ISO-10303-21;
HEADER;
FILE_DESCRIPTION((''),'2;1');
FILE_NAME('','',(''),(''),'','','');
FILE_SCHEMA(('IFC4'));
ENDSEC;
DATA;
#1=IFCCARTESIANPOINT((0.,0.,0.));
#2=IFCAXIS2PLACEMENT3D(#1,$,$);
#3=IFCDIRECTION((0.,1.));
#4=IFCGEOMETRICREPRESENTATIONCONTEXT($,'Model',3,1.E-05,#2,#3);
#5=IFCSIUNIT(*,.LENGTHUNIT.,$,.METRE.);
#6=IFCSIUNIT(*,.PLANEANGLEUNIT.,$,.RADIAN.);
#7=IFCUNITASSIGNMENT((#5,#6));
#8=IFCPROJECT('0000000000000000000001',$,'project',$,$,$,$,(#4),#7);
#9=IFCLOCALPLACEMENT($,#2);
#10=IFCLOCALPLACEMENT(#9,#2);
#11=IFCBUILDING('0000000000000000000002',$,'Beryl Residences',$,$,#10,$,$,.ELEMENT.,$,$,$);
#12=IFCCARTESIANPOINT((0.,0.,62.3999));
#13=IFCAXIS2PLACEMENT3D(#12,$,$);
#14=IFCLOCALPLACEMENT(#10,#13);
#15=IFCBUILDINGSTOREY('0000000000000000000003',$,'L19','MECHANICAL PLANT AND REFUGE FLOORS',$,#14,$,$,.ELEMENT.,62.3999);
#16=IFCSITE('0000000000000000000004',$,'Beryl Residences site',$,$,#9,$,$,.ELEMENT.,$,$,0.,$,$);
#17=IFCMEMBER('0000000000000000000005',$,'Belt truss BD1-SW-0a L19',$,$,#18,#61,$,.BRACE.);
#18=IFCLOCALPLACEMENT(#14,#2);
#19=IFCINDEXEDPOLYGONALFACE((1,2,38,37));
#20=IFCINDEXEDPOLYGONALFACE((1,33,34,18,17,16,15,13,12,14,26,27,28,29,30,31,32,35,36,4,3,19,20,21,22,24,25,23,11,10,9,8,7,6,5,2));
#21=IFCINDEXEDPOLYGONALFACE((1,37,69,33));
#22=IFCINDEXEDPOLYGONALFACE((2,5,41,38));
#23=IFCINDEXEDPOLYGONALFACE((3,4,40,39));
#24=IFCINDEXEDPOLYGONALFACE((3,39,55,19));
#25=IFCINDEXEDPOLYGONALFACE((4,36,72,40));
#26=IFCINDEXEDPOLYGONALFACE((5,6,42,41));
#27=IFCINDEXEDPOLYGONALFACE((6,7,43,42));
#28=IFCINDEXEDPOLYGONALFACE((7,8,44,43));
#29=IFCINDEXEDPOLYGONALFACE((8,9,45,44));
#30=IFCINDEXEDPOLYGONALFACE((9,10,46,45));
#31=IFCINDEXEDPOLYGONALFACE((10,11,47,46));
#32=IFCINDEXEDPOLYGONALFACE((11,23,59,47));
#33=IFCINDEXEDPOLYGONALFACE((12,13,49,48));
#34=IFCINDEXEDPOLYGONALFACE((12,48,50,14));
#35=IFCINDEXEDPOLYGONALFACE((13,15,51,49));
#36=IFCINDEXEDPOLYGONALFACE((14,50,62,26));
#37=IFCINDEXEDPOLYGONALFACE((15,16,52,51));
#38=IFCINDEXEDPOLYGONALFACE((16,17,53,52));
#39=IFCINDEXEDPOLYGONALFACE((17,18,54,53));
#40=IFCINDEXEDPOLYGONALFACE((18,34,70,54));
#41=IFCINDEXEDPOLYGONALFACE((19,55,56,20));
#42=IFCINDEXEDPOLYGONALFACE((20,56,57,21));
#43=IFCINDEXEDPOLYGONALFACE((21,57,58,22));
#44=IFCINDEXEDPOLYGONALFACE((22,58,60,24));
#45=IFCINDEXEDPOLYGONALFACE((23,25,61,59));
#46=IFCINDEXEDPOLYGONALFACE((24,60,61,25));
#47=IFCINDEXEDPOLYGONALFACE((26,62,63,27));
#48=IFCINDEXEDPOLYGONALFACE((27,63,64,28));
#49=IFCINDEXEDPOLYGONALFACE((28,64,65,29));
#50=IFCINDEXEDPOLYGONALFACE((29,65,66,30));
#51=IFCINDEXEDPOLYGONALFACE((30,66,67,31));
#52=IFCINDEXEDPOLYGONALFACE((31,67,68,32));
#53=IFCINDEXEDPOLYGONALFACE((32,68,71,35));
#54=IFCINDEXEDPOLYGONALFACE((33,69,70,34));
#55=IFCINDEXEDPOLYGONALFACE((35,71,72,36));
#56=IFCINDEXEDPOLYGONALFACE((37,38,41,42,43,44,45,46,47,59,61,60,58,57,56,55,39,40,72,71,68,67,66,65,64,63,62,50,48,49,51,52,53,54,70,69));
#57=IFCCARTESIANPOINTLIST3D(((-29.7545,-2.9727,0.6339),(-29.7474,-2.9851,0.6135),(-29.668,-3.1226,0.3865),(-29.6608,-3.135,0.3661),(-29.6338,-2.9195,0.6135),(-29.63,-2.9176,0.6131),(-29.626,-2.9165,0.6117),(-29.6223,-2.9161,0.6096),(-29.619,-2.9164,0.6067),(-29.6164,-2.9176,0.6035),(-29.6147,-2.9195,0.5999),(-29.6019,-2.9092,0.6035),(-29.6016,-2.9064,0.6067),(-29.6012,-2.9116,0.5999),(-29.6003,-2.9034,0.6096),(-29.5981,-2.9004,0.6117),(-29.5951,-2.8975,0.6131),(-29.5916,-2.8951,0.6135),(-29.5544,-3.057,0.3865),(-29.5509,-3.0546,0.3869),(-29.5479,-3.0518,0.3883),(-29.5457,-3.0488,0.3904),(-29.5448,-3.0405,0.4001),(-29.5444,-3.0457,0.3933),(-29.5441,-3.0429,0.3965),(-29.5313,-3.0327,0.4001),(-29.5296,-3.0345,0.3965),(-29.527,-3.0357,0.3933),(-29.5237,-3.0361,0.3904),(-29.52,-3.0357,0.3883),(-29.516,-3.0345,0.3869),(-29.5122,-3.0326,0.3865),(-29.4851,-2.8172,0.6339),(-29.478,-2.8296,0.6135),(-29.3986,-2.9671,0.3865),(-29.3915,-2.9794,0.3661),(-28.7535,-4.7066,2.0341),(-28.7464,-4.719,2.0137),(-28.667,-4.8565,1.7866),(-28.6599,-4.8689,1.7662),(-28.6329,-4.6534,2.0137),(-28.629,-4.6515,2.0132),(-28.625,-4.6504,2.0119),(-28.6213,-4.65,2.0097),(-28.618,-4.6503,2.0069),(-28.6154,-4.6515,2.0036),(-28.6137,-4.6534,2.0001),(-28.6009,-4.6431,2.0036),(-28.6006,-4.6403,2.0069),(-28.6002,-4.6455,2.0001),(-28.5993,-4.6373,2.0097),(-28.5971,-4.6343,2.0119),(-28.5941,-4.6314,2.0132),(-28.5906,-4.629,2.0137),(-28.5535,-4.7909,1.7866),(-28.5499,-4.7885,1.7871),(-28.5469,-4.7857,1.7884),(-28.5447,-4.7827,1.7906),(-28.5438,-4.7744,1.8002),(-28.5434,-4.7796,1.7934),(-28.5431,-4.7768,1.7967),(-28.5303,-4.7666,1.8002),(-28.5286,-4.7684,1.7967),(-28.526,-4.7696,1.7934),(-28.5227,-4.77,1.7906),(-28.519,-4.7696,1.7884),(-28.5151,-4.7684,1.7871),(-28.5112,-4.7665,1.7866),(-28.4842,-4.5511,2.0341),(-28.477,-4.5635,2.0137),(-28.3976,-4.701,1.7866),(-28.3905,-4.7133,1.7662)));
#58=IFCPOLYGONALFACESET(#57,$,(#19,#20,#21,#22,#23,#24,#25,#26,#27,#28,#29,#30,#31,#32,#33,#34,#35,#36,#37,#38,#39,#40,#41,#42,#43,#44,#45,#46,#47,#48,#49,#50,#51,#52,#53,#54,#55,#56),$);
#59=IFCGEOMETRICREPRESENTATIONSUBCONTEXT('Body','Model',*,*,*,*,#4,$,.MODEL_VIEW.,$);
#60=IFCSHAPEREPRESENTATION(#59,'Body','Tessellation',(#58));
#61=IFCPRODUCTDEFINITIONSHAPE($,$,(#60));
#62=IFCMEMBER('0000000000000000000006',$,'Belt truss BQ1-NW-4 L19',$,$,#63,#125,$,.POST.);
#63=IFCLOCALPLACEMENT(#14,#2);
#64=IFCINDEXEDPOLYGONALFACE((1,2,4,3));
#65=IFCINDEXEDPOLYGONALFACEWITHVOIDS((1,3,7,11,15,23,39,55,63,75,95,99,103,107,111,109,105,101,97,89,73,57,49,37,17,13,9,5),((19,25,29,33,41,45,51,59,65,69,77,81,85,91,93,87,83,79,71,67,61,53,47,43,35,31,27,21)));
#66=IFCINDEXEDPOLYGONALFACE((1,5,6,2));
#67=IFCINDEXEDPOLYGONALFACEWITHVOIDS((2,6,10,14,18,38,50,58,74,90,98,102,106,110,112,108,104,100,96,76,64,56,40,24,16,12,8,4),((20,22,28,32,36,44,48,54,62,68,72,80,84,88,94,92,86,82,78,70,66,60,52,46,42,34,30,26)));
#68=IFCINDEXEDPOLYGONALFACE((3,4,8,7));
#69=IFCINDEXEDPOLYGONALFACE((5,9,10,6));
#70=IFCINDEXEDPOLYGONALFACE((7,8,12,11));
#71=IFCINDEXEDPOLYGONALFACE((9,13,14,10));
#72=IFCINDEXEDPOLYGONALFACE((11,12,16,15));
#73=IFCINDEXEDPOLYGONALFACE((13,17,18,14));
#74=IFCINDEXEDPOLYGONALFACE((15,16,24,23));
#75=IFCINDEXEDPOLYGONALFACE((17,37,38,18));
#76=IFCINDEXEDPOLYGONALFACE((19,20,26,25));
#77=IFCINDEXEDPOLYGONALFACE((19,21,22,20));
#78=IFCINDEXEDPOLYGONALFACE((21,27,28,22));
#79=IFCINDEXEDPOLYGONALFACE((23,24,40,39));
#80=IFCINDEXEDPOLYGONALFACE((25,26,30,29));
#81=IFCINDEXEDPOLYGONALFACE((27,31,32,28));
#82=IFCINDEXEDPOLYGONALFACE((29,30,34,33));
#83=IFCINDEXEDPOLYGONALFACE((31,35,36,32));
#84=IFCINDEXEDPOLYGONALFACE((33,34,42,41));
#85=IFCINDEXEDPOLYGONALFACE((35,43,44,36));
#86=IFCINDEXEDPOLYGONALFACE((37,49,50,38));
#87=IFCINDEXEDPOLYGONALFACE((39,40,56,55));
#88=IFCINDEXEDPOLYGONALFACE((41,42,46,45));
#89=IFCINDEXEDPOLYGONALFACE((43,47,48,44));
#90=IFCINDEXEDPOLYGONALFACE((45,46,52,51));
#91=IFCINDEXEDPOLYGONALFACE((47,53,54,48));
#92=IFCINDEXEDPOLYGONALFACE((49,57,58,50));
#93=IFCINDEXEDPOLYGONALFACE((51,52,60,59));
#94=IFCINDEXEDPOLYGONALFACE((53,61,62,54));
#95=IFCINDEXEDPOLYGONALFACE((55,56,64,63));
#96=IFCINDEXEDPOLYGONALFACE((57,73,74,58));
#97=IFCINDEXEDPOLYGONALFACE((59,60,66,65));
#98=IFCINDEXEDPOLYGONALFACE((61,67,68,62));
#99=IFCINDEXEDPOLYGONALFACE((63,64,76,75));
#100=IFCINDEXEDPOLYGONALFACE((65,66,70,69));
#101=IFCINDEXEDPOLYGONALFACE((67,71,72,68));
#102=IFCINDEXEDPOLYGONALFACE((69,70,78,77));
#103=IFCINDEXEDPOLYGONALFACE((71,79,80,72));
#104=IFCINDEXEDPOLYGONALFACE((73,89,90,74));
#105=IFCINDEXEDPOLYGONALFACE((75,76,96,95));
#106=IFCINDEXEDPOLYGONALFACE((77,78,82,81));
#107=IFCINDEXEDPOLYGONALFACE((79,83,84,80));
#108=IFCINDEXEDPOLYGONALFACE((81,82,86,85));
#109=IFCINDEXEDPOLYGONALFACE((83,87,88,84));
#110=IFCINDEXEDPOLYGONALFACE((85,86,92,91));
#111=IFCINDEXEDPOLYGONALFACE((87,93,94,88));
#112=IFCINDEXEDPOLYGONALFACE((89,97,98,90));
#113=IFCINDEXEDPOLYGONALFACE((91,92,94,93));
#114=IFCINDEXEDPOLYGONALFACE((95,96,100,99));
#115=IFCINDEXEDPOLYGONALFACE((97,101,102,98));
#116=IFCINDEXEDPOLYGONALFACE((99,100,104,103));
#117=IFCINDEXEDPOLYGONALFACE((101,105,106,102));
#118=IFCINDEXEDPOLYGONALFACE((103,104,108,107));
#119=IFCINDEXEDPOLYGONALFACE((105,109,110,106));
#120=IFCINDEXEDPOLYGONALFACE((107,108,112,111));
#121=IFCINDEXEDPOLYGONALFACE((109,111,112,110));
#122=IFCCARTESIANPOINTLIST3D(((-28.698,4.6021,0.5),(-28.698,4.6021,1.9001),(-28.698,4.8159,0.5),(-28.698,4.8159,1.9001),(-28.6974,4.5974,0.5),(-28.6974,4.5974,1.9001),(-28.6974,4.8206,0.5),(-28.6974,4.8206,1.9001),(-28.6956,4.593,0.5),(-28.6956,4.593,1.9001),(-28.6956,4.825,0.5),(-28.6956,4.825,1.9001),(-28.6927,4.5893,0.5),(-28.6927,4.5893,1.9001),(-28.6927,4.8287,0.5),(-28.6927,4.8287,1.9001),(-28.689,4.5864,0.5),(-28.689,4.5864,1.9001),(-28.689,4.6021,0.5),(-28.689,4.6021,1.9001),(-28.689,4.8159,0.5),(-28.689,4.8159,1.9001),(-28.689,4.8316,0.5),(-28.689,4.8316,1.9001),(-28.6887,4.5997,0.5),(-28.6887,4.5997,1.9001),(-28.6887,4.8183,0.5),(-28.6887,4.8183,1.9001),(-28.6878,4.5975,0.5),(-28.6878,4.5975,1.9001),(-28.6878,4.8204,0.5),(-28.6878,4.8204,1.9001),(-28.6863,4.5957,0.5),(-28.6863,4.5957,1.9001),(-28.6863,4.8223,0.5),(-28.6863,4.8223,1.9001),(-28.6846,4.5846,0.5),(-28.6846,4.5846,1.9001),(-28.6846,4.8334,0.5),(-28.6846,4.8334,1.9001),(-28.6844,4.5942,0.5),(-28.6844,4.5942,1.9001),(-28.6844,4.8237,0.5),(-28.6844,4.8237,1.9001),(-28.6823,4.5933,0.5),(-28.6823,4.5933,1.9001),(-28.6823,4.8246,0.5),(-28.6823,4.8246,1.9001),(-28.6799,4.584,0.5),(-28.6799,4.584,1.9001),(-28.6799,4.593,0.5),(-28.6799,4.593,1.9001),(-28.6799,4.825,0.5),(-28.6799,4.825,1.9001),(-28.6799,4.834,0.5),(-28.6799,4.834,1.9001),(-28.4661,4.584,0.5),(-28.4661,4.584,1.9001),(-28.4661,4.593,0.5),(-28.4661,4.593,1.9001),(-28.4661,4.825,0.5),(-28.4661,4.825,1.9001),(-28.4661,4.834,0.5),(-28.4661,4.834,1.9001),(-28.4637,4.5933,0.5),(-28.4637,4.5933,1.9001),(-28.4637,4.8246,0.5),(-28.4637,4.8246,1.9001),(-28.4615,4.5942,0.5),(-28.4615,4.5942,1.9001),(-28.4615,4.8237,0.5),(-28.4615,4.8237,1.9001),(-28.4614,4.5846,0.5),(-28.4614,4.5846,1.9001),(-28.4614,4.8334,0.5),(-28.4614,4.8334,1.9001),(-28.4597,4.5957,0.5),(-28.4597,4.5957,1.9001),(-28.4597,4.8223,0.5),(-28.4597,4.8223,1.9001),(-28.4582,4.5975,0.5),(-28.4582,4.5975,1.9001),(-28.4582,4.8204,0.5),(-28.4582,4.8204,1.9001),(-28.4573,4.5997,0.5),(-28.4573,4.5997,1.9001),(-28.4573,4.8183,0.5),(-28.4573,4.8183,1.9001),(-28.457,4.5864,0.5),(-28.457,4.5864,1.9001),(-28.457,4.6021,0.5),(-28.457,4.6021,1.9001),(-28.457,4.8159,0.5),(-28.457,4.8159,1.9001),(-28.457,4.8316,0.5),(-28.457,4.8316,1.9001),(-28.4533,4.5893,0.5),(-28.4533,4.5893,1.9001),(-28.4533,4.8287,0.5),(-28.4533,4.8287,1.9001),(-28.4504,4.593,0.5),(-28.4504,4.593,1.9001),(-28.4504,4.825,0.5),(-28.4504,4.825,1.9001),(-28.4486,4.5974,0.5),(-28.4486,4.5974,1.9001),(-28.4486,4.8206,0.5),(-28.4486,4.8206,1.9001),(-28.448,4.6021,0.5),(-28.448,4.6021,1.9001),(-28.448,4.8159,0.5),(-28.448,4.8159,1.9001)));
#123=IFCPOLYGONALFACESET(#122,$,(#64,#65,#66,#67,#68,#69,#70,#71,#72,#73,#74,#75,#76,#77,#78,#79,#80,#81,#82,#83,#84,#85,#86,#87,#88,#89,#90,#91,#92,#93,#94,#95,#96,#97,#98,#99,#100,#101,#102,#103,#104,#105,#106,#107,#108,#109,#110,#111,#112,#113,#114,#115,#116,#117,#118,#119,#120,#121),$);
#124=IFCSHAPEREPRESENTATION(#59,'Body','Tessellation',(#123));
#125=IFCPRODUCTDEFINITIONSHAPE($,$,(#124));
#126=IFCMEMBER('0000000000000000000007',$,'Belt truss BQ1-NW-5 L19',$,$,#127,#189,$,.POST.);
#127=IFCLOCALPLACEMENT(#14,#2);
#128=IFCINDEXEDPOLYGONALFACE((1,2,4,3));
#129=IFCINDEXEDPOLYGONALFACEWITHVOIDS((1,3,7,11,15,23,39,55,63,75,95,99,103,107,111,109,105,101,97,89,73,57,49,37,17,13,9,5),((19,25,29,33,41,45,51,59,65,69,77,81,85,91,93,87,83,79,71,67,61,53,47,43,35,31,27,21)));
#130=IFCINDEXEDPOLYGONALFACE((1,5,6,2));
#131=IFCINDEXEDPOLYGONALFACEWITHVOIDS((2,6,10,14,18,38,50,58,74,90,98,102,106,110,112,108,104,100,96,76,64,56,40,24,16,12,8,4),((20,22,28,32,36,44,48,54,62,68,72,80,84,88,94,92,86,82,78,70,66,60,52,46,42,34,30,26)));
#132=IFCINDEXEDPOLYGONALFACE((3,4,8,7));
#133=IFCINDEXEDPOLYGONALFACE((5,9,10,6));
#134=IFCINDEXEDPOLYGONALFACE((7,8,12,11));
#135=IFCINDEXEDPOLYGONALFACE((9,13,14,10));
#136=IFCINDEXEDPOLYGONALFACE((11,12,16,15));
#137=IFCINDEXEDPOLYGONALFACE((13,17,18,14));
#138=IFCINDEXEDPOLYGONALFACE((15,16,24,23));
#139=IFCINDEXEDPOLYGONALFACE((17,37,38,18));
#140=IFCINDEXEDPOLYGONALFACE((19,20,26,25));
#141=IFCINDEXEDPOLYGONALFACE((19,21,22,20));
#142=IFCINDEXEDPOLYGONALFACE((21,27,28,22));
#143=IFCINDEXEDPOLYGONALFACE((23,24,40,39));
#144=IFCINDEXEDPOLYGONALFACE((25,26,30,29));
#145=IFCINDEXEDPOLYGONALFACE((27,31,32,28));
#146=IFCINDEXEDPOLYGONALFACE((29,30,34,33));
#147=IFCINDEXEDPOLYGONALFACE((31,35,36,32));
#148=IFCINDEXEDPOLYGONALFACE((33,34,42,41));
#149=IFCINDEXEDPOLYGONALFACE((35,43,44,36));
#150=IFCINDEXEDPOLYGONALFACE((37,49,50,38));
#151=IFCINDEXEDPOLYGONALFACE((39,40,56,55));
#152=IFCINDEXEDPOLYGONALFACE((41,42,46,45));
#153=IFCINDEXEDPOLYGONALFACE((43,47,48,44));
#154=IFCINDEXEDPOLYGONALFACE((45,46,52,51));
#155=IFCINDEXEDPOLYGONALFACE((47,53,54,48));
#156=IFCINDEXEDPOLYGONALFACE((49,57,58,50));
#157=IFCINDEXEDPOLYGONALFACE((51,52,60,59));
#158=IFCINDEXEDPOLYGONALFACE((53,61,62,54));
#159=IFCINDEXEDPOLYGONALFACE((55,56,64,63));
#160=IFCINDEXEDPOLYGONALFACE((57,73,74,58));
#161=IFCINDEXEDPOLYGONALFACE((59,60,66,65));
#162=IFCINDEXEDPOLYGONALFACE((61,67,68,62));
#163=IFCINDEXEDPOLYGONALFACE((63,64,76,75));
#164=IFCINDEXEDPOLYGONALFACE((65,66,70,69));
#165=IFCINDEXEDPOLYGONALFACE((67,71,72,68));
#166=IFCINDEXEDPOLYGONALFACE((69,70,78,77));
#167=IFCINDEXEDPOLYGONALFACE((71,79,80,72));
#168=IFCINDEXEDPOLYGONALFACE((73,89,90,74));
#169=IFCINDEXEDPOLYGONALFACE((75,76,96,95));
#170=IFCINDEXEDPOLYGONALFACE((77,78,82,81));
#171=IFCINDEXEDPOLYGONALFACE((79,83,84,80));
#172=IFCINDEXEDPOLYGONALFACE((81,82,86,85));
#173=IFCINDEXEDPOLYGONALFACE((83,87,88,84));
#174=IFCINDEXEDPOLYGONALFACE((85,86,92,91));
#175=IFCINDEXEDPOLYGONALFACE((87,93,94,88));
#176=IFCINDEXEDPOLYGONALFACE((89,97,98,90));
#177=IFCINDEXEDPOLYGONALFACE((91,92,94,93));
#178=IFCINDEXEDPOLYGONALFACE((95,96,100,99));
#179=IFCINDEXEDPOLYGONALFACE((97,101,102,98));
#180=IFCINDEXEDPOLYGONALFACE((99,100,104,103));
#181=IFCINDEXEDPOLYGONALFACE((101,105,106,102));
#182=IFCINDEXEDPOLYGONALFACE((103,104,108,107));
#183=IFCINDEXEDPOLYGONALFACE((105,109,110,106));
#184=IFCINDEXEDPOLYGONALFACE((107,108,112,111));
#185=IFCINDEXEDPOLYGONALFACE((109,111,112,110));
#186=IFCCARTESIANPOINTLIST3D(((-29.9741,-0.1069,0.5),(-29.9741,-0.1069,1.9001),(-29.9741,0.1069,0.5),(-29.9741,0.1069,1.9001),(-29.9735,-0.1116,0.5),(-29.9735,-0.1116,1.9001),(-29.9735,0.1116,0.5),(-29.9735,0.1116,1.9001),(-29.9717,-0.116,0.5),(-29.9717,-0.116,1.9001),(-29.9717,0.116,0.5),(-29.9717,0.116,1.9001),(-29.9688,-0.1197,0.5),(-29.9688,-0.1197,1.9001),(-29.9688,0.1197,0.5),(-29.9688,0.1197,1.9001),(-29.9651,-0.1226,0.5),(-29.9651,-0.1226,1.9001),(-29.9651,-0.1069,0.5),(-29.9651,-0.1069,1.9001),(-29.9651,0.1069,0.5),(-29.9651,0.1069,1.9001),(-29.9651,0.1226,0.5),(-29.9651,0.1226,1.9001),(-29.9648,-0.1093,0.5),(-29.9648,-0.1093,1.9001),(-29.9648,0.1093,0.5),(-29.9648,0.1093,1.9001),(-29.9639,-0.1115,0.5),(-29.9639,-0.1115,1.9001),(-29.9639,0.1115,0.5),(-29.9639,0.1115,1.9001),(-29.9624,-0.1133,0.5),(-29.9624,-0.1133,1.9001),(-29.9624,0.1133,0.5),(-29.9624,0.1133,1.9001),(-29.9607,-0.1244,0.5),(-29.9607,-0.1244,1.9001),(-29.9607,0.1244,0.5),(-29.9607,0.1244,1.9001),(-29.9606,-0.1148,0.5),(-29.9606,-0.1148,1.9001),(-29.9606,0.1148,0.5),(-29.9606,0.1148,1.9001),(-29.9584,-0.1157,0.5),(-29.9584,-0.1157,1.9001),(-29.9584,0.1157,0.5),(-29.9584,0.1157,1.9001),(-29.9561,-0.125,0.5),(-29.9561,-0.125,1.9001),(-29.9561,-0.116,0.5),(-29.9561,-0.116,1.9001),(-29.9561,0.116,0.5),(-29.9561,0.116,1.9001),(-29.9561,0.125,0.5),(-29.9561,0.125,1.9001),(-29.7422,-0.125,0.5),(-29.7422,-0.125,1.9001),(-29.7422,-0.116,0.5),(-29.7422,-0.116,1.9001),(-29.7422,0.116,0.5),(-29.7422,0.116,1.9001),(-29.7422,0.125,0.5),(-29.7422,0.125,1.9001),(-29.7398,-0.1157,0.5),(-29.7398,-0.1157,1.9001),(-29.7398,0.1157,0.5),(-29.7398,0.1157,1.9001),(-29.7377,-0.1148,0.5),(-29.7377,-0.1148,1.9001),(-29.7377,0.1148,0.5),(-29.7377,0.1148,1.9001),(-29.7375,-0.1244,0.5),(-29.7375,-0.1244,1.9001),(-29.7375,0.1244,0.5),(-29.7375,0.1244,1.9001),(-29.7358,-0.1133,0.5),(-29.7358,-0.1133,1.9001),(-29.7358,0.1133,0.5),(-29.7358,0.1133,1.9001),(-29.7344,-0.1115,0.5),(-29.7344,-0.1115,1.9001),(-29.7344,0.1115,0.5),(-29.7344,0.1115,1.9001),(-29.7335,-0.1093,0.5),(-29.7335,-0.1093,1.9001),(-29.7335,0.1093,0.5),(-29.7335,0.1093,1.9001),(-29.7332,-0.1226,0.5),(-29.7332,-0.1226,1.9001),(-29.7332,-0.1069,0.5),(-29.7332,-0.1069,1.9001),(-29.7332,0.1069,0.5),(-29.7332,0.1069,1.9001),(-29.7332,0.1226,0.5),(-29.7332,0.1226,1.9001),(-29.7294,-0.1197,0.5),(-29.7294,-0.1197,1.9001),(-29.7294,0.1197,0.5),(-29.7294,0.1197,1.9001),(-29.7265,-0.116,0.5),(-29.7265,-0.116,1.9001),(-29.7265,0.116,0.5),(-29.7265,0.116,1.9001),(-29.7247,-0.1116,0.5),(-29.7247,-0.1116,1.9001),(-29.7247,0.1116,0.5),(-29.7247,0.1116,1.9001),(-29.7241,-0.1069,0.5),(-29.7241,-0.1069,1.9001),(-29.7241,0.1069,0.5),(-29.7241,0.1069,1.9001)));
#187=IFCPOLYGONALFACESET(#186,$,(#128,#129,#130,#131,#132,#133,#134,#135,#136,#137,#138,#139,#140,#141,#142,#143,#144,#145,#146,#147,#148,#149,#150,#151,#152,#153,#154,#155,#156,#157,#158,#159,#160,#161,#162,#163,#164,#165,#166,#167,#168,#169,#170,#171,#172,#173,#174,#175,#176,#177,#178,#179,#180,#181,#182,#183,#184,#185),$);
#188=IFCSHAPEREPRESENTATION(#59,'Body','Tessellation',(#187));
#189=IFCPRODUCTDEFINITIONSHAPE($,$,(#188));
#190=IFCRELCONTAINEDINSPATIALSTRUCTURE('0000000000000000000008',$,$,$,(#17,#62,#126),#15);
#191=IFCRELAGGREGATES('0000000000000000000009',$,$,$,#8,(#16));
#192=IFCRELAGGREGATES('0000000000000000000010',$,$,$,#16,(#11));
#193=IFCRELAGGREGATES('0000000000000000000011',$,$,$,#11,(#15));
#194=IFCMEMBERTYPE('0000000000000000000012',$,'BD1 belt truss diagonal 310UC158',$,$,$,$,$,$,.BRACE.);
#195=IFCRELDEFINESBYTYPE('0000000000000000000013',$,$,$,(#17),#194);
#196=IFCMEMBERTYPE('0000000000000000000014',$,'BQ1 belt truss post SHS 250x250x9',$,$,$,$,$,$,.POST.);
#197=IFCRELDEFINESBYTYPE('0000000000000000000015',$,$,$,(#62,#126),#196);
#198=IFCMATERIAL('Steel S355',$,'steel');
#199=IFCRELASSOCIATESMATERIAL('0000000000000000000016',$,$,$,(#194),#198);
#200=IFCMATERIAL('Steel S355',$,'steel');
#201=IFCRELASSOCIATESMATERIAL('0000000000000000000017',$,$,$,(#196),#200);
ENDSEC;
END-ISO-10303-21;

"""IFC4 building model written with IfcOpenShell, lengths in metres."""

from ifc_helpers import new_model, si_unit, direction, frame, origin, origin_2d, place, context, subcontext, project, spatial, hollow_rectangle, i_section, extrude, material, material_profile, profile_set, type_object, element, save


model = new_model("IFC4")

# Units and contexts
model_context = context("Model", 3, precision=1e-05, world=origin(), true_north=direction((0.0, 1.0)))
body_context = subcontext(model_context, "Body", "Model", "MODEL_VIEW")
ifc_project = project(units=[si_unit("LENGTHUNIT", "METRE"), si_unit("PLANEANGLEUNIT", "RADIAN")], contexts=[model_context])

# Site, building, storey
site_placement = place(None, origin())
site = spatial("IfcSite", under=ifc_project, at=site_placement, Name="Beryl Residences site", CompositionType="ELEMENT", RefElevation=0.0)
building_placement = place(site_placement, origin())
building = spatial("IfcBuilding", under=site, at=building_placement, Name="Beryl Residences", CompositionType="ELEMENT")
storey_placement = place(building_placement, frame((0.0, 0.0, 62.3999)))
storey = spatial("IfcBuildingStorey", under=building, at=storey_placement, Name="L19", Description="MECHANICAL PLANT AND REFUGE FLOORS", CompositionType="ELEMENT", Elevation=62.3999)

# Members
ifc_material_1 = material(Name="Steel S355", Category="steel")
ifc_material_profile_1 = material_profile(ifc_material_1, i_section(OverallWidth=0.311, OverallDepth=0.3269, WebThickness=0.0156, FlangeThickness=0.0249, FilletRadius=0.0166, at=origin_2d()))
ifc_profile_set_1 = profile_set([ifc_material_profile_1], Name="Steel S355")
member_type_1 = type_object("IfcMemberType", Name="BD1 belt truss diagonal 310UC158", PredefinedType="BRACE", material=ifc_profile_set_1)
member_1_placement = place(storey_placement, frame((-29.573, -2.9761, 0.5), z_axis=(0.409716, -0.709708, 0.573103), x_axis=(0.866043, 0.499969, 0.0)))
element("IfcMember", 1, at=member_1_placement, inside=storey, type_object=member_type_1, Name="Belt truss BD1-SW-0a L19", PredefinedType="BRACE", context=body_context, shape_type="SweptSolid", body=[
    extrude(i_section(OverallWidth=0.311, OverallDepth=0.3269, WebThickness=0.0156, FlangeThickness=0.0249, FilletRadius=0.0166, at=origin_2d()), origin(), (0.0, 0.0, 1.0), 2.4431),
])
ifc_material_2 = material(Name="Steel S355", Category="steel")
ifc_material_profile_2 = material_profile(ifc_material_2, hollow_rectangle(XDim=0.25, YDim=0.25, WallThickness=0.009, InnerFilletRadius=0.009, OuterFilletRadius=0.0181, at=origin_2d()))
ifc_profile_set_2 = profile_set([ifc_material_profile_2], Name="Steel S355")
member_type_2 = type_object("IfcMemberType", Name="BQ1 belt truss post SHS 250x250x9", PredefinedType="POST", material=ifc_profile_set_2)
for number, where, z_axis, x_axis, name in (
    (2, (-28.573, 4.709, 0.5), (0.0, 0.0, 1.0), (1.0, 0.0, 0.0), "Belt truss BQ1-NW-4 L19"),
    (3, (-29.8491, 0.0, 0.5), (0.0, 0.0, 1.0), (1.0, 0.0, 0.0), "Belt truss BQ1-NW-5 L19"),
):
    element("IfcMember", number, at=place(storey_placement, frame(where, z_axis=z_axis, x_axis=x_axis)), inside=storey, type_object=member_type_2, Name=name, PredefinedType="POST", context=body_context, shape_type="SweptSolid", body=[
        extrude(hollow_rectangle(XDim=0.25, YDim=0.25, WallThickness=0.009, InnerFilletRadius=0.009, OuterFilletRadius=0.0181, at=origin_2d()), origin(), (0.0, 0.0, 1.0), 1.4001),
    ])

save(model, "model.ifc")
